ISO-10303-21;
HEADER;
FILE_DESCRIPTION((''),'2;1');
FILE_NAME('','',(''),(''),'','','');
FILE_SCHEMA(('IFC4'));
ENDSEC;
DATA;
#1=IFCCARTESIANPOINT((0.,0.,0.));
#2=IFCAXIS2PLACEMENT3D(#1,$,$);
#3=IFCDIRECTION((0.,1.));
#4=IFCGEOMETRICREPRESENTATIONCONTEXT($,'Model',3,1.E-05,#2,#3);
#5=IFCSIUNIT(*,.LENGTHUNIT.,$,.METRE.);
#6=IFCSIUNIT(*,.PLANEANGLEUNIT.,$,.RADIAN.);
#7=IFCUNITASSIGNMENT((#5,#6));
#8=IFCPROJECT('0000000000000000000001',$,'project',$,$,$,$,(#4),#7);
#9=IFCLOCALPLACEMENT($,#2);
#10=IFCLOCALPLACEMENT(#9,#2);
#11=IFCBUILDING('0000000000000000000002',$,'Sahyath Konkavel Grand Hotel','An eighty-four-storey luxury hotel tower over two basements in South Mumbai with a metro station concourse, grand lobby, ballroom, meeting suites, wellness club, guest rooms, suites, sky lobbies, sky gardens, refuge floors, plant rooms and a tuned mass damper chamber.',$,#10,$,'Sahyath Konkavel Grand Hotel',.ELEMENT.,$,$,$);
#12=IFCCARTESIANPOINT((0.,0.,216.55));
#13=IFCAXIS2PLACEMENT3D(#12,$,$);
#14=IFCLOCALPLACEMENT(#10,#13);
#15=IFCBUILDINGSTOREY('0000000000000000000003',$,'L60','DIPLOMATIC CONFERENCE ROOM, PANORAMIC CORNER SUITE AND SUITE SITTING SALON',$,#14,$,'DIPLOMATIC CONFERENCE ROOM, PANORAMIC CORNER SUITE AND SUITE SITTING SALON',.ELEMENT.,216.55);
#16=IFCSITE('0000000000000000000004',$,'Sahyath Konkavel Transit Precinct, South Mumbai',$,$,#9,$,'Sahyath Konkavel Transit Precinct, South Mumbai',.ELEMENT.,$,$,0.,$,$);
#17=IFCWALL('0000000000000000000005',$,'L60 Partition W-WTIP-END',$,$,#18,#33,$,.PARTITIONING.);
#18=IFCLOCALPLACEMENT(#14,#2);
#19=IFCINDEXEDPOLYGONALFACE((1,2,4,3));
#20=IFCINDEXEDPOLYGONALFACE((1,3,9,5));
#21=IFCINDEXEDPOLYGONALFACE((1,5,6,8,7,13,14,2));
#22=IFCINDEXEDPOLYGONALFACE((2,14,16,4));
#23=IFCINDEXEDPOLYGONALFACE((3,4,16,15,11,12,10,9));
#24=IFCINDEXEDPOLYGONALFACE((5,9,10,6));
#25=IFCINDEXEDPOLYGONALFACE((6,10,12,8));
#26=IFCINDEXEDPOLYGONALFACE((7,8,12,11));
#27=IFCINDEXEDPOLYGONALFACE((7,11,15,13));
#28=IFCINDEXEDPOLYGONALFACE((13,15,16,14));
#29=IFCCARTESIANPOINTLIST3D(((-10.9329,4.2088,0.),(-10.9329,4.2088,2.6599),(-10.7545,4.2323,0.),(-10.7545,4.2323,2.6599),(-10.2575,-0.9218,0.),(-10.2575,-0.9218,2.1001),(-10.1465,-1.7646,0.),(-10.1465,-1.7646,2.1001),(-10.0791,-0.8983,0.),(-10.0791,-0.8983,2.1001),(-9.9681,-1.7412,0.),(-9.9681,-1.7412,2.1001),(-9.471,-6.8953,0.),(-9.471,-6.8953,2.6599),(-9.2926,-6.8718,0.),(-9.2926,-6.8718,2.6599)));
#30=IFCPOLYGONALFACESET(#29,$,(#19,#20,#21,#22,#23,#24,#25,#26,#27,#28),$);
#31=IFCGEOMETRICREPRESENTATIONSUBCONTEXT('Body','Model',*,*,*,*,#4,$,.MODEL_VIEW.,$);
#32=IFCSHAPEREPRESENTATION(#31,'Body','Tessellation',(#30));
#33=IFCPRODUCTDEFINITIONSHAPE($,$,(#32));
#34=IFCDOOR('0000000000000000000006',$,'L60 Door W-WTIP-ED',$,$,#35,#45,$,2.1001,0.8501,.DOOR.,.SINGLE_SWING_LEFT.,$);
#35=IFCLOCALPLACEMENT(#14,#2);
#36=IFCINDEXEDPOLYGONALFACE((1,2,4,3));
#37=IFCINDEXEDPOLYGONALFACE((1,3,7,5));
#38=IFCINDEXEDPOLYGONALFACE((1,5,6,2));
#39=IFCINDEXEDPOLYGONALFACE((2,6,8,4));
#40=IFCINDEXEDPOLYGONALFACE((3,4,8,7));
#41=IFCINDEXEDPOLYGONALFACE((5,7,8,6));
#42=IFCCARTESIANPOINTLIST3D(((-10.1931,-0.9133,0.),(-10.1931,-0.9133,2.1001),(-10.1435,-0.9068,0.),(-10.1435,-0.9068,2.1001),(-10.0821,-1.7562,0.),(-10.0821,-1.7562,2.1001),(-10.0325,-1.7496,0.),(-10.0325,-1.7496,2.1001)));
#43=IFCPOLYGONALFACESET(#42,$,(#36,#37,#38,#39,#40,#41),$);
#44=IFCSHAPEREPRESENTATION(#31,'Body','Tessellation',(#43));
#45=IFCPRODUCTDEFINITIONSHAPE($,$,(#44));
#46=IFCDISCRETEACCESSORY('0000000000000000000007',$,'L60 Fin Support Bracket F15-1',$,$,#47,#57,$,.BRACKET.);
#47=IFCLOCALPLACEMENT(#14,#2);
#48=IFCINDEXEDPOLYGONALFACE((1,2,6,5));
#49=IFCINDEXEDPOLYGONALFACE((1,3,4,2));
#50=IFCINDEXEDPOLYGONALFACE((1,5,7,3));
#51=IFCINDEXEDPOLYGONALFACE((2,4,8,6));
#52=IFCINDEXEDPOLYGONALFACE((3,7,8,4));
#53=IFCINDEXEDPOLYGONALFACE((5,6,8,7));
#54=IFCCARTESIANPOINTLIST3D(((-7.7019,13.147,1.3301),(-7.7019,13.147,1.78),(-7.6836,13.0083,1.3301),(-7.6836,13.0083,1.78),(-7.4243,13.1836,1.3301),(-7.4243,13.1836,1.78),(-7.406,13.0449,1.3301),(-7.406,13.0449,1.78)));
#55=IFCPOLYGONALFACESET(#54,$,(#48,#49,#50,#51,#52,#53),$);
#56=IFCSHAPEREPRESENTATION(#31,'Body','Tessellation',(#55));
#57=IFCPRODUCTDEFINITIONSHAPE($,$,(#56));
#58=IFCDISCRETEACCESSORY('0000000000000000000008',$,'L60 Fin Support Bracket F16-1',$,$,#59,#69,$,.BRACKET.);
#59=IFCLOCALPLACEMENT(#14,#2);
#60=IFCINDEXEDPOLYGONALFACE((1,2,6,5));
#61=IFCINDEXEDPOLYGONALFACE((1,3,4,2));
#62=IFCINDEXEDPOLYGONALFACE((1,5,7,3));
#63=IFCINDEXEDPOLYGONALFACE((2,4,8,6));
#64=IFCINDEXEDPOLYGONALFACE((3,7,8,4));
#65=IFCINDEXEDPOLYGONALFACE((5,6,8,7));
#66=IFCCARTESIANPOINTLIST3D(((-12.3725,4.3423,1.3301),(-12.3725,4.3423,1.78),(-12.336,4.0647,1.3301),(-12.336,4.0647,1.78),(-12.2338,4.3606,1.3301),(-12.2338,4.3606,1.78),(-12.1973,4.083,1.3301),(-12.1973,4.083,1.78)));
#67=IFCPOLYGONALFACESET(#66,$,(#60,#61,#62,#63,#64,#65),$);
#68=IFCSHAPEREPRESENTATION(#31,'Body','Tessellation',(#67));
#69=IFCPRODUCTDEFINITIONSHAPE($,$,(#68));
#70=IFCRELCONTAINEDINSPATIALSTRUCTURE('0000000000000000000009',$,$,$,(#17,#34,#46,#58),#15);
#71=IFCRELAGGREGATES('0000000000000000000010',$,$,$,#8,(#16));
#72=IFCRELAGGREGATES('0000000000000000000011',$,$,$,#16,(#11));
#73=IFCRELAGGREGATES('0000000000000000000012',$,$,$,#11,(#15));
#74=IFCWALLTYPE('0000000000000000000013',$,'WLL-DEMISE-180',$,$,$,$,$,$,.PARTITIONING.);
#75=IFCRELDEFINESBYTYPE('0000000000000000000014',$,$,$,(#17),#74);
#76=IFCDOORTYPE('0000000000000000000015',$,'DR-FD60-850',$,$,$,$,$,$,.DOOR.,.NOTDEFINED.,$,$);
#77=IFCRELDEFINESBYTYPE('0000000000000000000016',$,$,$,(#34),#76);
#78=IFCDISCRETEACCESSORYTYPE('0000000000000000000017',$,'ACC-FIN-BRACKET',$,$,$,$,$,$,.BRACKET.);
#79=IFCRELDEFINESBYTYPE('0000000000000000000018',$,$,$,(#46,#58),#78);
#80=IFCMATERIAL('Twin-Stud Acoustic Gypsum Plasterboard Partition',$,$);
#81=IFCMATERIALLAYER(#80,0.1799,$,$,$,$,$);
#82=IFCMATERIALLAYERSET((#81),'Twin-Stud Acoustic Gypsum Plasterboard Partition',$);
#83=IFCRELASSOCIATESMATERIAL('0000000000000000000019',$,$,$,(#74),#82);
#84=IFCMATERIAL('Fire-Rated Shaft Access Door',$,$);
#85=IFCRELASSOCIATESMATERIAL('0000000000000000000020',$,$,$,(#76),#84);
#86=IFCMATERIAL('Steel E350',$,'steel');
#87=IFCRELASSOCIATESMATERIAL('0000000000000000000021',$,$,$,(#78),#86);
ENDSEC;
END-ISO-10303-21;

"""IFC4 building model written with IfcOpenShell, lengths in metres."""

from ifc_helpers import new_model, si_unit, direction, frame, frame_2d, origin, origin_2d, place, context, subcontext, project, spatial, rectangle, extrude, source, transform, mapped, material, layer, layer_set, type_object, element, fill, save


model = new_model("IFC4")

# Units and contexts
model_context = context("Model", 3, precision=1e-05, world=origin(), true_north=direction((0.0, 1.0)))
body_context = subcontext(model_context, "Body", "Model", "MODEL_VIEW")
ifc_project = project(units=[si_unit("LENGTHUNIT", "METRE"), si_unit("PLANEANGLEUNIT", "RADIAN")], contexts=[model_context])

# Site, building, storey
site_placement = place(None, origin())
site = spatial("IfcSite", under=ifc_project, at=site_placement, Name="Sahyath Konkavel Transit Precinct, South Mumbai", LongName="Sahyath Konkavel Transit Precinct, South Mumbai", CompositionType="ELEMENT", RefElevation=0.0)
building_placement = place(site_placement, origin())
building = spatial("IfcBuilding", under=site, at=building_placement, Name="Sahyath Konkavel Grand Hotel", Description="An eighty-four-storey luxury hotel tower over two basements in South Mumbai with a metro station concourse, grand lobby, ballroom, meeting suites, wellness club, guest rooms, suites, sky lobbies, sky gardens, refuge floors, plant rooms and a tuned mass damper chamber.", LongName="Sahyath Konkavel Grand Hotel", CompositionType="ELEMENT")
storey_placement = place(building_placement, frame((0.0, 0.0, 216.55)))
storey = spatial("IfcBuildingStorey", under=building, at=storey_placement, Name="L60", Description="DIPLOMATIC CONFERENCE ROOM, PANORAMIC CORNER SUITE AND SUITE SITTING SALON", LongName="DIPLOMATIC CONFERENCE ROOM, PANORAMIC CORNER SUITE AND SUITE SITTING SALON", CompositionType="ELEMENT", Elevation=216.55)

# Shared definitions
ifc_material_1 = material(Name="Steel E350", Category="steel")

# Shared definitions
ifc_material_2 = material(Name="Twin-Stud Acoustic Gypsum Plasterboard Partition")
ifc_layer_1 = layer(ifc_material_2, 0.1799)
ifc_layer_set_1 = layer_set([ifc_layer_1], Name="Twin-Stud Acoustic Gypsum Plasterboard Partition")
wall_type_1 = type_object("IfcWallType", Name="WLL-DEMISE-180", PredefinedType="PARTITIONING", material=ifc_layer_set_1)

# Wall, opening, door
wall_1_placement = place(storey_placement, frame((-10.8438, 4.2207, 0.0), z_axis=(0.0, 0.0, 1.0), x_axis=(0.130527, -0.991445, 0.0)))
wall_1 = element("IfcWall", 1, at=wall_1_placement, inside=storey, type_object=wall_type_1, Name="L60 Partition W-WTIP-END", PredefinedType="PARTITIONING", context=body_context, shape_type="SweptSolid", body=[
    extrude(rectangle(XDim=11.2, YDim=0.1799, at=frame_2d((5.6001, 0.0))), origin(), (0.0, 0.0, 1.0), 2.6599),
])
opening_placement = place(wall_1_placement, frame((5.175, 0.0, 0.0)))
opening = element("IfcOpeningElement", 2, at=opening_placement, cuts=wall_1, PredefinedType="OPENING", context=body_context, shape_type="SweptSolid", body=[
    extrude(rectangle(XDim=0.8501, YDim=2.1001, at=frame_2d((0.425, 1.05))), frame((0.0, 0.1001, 0.0), z_axis=(0.0, -1.0, 0.0), x_axis=(1.0, 0.0, 0.0)), (0.0, 0.0, 1.0), 0.2),
])
ifc_material_3 = material(Name="Fire-Rated Shaft Access Door")
door_type = type_object("IfcDoorType", Name="DR-FD60-850", OperationType="NOTDEFINED", PredefinedType="DOOR", material=ifc_material_3)
shared_shape_1 = source(origin(), body_context, "Body", "SweptSolid", [
    extrude(rectangle(XDim=0.8501, YDim=0.05, at=origin_2d()), origin(), (0.0, 0.0, 1.0), 2.1001),
])
door_placement = place(opening_placement, frame((0.425, 0.0, 0.0)))
door = element("IfcDoor", 3, at=door_placement, inside=storey, type_object=door_type, Name="L60 Door W-WTIP-ED", OperationType="SINGLE_SWING_LEFT", OverallHeight=2.1001, OverallWidth=0.8501, PredefinedType="DOOR", context=body_context, shape_type="MappedRepresentation", body=[
    mapped(shared_shape_1, transform((0.0, 0.0, 0.0), scale=1.0)),
])
fill(opening, door)

# Discrete accessories
discrete_accessory_type = type_object("IfcDiscreteAccessoryType", Name="ACC-FIN-BRACKET", PredefinedType="BRACKET", material=ifc_material_1)
shared_shape_2 = source(origin(), body_context, "Body", "SweptSolid", [
    extrude(rectangle(XDim=0.28, YDim=0.1399, at=origin_2d()), origin(), (0.0, 0.0, 1.0), 0.45),
])
for number, where, z_axis, x_axis, name in (
    (4, (-7.554, 13.0959, 1.3301), (0.0, 0.0, 1.0), (-0.991445, -0.130526, 0.0), "L60 Fin Support Bracket F15-1"),
    (5, (-12.2849, 4.2126, 1.3301), (0.0, 0.0, 1.0), (-0.130526, 0.991445, 0.0), "L60 Fin Support Bracket F16-1"),
):
    element("IfcDiscreteAccessory", number, at=place(storey_placement, frame(where, z_axis=z_axis, x_axis=x_axis)), inside=storey, type_object=discrete_accessory_type, Name=name, PredefinedType="BRACKET", context=body_context, shape_type="MappedRepresentation", body=[
        mapped(shared_shape_2, transform((0.0, 0.0, 0.0), scale=1.0)),
    ])

save(model, "model.ifc")
